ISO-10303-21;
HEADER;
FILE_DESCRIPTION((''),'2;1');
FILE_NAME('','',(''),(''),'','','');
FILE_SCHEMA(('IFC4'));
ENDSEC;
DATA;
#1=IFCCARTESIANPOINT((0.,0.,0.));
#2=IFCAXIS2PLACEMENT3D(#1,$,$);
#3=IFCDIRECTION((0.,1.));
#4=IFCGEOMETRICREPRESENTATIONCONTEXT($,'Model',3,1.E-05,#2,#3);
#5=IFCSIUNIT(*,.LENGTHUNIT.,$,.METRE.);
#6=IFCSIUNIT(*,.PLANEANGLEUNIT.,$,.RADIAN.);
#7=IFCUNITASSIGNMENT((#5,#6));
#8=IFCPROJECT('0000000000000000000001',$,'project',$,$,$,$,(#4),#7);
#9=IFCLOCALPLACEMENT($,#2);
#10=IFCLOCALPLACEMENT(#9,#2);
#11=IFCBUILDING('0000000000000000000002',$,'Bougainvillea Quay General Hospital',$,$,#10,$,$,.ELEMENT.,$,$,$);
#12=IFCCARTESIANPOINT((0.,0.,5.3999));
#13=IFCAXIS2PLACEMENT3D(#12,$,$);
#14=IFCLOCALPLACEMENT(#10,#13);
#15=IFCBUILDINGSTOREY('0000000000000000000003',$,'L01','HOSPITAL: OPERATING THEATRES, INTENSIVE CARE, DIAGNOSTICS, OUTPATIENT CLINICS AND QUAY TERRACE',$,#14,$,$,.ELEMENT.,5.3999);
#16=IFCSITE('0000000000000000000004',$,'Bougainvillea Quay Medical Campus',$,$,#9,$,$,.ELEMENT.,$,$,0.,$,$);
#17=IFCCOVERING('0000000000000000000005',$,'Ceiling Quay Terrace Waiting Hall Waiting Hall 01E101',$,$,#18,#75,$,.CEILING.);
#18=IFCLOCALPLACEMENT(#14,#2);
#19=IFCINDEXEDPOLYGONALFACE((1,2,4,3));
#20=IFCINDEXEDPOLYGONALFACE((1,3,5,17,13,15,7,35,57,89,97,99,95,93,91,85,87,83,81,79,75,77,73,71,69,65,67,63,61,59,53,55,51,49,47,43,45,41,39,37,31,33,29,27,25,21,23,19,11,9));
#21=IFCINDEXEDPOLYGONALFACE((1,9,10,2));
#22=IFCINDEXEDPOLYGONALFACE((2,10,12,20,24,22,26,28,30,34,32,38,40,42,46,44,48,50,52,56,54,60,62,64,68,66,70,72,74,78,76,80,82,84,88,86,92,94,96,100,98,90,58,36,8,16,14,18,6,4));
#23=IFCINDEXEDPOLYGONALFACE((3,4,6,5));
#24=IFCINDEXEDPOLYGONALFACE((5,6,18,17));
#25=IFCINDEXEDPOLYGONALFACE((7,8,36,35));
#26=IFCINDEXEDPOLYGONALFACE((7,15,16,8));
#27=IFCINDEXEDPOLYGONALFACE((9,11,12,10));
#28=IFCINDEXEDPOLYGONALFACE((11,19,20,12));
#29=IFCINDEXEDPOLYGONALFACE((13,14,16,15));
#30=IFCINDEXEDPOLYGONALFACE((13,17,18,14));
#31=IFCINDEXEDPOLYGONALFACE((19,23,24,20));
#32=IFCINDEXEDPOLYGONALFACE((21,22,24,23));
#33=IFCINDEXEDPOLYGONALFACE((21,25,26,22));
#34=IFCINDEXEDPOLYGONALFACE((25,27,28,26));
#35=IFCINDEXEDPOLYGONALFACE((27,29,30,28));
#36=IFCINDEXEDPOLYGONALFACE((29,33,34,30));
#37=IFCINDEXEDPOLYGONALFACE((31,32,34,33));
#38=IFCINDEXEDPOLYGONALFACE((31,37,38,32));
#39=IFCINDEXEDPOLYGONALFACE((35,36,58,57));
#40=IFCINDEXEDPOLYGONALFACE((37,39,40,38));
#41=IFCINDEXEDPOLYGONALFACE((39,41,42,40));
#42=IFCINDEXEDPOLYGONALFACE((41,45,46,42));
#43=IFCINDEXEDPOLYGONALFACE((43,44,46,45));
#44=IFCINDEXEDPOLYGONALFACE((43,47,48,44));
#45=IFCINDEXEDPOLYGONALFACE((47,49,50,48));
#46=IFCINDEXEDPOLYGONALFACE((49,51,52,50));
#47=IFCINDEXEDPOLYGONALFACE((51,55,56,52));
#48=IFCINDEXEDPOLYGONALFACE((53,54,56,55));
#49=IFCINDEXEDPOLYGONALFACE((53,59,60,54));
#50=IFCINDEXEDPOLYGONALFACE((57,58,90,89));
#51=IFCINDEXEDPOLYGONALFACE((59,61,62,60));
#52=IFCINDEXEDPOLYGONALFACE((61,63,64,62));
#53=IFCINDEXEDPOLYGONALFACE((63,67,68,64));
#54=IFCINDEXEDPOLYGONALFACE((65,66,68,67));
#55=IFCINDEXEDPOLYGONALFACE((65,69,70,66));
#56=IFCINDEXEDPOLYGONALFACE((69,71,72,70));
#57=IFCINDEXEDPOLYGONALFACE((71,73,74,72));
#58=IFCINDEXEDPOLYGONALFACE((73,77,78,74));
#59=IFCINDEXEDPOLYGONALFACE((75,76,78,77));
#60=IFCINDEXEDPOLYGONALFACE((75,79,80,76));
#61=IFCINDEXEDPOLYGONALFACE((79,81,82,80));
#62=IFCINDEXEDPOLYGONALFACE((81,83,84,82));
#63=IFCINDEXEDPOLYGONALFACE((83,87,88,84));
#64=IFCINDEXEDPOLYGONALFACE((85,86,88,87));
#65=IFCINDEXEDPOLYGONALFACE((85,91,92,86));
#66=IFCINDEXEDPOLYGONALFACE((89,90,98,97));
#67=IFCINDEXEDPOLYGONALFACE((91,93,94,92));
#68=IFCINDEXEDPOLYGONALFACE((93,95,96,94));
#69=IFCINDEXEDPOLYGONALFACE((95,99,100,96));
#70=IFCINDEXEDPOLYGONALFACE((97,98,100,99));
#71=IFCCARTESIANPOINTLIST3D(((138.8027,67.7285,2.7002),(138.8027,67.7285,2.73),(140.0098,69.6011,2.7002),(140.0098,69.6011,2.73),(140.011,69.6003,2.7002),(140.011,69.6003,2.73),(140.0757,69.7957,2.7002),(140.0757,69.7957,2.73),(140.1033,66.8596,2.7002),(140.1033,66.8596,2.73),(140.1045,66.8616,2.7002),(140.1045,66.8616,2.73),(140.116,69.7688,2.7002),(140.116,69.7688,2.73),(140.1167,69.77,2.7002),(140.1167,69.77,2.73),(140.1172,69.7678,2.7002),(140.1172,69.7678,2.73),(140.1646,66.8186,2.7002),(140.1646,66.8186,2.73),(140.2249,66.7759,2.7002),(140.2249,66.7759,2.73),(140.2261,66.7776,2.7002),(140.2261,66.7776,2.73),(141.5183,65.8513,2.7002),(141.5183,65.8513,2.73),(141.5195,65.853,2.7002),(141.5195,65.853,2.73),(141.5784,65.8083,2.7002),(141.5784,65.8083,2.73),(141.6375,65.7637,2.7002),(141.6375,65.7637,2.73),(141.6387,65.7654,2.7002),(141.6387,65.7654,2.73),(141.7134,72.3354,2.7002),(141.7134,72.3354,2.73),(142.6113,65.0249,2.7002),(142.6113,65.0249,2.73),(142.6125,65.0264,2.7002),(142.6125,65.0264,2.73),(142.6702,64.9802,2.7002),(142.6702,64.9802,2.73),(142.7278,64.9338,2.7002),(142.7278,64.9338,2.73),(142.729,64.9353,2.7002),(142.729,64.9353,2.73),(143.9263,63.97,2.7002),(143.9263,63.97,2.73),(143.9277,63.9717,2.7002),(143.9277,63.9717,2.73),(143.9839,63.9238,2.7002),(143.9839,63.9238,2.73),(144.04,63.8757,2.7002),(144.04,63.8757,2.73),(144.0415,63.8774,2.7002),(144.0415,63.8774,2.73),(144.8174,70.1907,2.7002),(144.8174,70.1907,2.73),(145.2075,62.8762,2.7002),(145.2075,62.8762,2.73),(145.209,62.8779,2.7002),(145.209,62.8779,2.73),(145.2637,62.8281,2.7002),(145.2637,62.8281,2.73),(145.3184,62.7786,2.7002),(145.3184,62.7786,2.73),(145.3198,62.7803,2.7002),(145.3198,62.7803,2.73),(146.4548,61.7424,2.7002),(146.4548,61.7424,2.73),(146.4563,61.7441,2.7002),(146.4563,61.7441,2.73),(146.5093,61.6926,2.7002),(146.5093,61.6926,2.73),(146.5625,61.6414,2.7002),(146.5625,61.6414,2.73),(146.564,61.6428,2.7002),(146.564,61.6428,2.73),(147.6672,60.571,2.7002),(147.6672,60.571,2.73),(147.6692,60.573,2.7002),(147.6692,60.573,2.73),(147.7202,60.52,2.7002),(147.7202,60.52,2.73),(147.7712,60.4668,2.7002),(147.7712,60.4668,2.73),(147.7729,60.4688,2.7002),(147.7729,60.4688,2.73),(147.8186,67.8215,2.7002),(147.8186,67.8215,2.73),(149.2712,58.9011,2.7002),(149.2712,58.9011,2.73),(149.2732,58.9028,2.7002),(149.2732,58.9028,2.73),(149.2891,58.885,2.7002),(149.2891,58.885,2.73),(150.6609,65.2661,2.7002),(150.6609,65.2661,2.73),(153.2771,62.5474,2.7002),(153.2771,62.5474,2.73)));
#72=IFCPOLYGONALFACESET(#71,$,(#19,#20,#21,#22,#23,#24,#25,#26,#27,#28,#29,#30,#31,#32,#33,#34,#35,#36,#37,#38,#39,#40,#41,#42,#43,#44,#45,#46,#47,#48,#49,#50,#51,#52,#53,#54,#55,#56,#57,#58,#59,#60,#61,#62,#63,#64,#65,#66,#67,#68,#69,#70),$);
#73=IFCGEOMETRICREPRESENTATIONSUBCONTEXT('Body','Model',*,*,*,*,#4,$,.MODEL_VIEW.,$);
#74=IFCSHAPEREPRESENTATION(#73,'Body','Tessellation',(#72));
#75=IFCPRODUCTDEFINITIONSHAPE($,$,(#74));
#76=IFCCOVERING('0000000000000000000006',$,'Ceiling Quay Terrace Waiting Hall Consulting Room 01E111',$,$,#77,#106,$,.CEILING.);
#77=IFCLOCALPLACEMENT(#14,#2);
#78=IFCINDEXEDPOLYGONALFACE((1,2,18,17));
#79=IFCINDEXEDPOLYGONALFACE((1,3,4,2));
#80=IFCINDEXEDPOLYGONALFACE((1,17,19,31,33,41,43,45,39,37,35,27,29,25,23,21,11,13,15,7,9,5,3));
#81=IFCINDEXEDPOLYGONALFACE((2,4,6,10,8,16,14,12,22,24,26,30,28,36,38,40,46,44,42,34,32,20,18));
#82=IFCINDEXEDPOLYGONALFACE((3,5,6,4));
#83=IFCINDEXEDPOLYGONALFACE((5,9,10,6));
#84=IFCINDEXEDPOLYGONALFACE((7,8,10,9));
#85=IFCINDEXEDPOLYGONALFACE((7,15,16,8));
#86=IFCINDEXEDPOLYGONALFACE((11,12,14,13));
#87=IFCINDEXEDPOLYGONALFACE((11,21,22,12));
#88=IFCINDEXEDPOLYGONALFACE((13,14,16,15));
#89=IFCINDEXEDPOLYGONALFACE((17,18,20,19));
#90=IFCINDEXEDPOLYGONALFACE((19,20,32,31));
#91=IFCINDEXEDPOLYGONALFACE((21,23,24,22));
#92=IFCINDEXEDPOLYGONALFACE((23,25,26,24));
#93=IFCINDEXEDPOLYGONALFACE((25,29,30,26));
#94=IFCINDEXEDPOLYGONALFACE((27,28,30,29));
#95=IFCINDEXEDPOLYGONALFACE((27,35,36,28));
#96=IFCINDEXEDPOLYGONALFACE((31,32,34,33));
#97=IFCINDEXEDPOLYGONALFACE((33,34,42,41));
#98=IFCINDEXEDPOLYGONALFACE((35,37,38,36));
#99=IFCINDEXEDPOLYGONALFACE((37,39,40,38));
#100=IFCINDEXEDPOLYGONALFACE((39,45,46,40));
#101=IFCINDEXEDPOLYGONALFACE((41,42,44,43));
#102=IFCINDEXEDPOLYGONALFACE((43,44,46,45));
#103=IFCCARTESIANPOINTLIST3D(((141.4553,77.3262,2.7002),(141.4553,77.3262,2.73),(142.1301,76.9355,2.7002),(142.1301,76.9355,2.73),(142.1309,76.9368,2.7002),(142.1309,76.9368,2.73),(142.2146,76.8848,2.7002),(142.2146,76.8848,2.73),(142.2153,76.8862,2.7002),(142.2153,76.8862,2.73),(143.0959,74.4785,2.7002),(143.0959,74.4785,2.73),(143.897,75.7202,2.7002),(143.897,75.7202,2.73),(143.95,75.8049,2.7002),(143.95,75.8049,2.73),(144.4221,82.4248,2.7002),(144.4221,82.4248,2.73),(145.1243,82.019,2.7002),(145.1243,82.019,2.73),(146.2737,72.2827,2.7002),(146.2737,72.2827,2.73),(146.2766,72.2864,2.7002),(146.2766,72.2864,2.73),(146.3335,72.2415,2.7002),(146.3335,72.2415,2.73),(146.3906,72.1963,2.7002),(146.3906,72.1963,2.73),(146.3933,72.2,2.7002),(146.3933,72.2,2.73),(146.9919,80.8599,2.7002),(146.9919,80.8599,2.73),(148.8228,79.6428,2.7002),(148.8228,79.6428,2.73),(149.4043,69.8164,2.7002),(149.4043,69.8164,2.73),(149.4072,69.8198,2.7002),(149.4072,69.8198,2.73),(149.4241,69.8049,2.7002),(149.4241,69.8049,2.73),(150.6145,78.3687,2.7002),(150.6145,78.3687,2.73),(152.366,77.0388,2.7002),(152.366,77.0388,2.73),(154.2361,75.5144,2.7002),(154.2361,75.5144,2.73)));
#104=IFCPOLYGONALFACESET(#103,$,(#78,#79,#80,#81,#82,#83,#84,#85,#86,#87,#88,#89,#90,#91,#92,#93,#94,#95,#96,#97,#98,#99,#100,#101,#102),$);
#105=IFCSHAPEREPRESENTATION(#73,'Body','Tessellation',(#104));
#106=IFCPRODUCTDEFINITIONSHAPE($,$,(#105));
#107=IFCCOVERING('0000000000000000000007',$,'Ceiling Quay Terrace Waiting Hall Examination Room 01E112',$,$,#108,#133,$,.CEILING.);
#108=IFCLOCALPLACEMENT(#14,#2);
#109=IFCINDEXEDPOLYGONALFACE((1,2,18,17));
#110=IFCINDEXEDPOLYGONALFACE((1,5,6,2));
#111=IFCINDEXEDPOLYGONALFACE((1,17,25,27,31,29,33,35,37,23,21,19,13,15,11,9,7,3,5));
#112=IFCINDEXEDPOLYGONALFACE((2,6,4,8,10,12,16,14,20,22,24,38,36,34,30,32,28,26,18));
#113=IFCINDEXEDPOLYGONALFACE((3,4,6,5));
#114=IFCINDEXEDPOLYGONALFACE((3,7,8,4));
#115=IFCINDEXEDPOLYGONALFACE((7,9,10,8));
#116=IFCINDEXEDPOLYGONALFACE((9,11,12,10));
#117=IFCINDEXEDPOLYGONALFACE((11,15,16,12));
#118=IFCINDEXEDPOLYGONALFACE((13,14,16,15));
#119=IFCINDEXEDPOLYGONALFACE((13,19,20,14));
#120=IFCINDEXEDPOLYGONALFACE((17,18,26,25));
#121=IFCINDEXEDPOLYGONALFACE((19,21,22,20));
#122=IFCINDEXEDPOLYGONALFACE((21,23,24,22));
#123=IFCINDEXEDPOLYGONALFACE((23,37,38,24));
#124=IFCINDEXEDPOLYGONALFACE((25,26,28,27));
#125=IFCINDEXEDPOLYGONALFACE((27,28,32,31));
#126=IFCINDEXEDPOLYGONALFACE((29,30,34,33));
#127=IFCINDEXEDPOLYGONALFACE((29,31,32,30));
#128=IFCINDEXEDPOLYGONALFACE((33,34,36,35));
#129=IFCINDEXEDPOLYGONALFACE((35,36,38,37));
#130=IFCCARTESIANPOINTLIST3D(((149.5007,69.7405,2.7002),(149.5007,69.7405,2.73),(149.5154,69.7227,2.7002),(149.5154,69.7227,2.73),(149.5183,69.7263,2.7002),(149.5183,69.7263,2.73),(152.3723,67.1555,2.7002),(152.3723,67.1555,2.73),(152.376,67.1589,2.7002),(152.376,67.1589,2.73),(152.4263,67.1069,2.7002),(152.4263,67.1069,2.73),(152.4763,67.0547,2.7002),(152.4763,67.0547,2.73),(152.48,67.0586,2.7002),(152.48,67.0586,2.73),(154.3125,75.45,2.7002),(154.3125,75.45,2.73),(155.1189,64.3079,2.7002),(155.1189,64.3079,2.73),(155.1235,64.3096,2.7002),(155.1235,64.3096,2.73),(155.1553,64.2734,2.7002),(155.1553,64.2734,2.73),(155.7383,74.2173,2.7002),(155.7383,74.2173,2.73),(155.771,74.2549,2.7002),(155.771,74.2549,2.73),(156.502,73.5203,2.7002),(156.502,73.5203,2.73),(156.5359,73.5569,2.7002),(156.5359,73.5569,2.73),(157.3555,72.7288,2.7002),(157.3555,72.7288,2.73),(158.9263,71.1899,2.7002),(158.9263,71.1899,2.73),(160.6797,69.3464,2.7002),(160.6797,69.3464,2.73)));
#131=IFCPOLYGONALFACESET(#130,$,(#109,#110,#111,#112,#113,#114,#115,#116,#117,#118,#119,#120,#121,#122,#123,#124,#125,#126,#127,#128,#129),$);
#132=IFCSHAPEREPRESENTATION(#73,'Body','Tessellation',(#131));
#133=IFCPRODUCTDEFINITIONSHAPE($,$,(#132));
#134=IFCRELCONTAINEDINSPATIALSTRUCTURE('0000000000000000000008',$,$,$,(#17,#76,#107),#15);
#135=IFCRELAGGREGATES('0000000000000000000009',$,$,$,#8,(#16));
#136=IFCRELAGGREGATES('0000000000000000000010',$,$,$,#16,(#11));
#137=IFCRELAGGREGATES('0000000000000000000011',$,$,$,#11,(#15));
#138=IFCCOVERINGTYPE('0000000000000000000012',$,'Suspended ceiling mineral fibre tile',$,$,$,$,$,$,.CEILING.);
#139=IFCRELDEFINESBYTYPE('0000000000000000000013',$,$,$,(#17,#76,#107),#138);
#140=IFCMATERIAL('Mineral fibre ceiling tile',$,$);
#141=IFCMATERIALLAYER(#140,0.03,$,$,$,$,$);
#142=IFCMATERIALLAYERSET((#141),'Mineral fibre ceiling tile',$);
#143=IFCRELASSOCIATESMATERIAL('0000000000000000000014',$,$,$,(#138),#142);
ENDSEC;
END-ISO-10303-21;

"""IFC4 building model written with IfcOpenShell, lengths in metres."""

from ifc_helpers import new_model, si_unit, direction, frame, origin, place, context, subcontext, project, spatial, polyline, outline, extrude, material, layer, layer_set, type_object, element, save


model = new_model("IFC4")

# Units and contexts
model_context = context("Model", 3, precision=1e-05, world=origin(), true_north=direction((0.0, 1.0)))
body_context = subcontext(model_context, "Body", "Model", "MODEL_VIEW")
ifc_project = project(units=[si_unit("LENGTHUNIT", "METRE"), si_unit("PLANEANGLEUNIT", "RADIAN")], contexts=[model_context])

# Site, building, storey
site_placement = place(None, origin())
site = spatial("IfcSite", under=ifc_project, at=site_placement, Name="Bougainvillea Quay Medical Campus", CompositionType="ELEMENT", RefElevation=0.0)
building_placement = place(site_placement, origin())
building = spatial("IfcBuilding", under=site, at=building_placement, Name="Bougainvillea Quay General Hospital", CompositionType="ELEMENT")
storey_placement = place(building_placement, frame((0.0, 0.0, 5.3999)))
storey = spatial("IfcBuildingStorey", under=building, at=storey_placement, Name="L01", Description="HOSPITAL: OPERATING THEATRES, INTENSIVE CARE, DIAGNOSTICS, OUTPATIENT CLINICS AND QUAY TERRACE", CompositionType="ELEMENT", Elevation=5.3999)

# Coverings
ifc_material = material(Name="Mineral fibre ceiling tile")
ifc_layer = layer(ifc_material, 0.03)
ifc_layer_set = layer_set([ifc_layer], Name="Mineral fibre ceiling tile")
covering_type = type_object("IfcCoveringType", Name="Suspended ceiling mineral fibre tile", PredefinedType="CEILING", material=ifc_layer_set)
covering_1_placement = place(storey_placement, frame((0.0, 0.0, 2.7002)))
element("IfcCovering", 1, at=covering_1_placement, inside=storey, type_object=covering_type, Name="Ceiling Quay Terrace Waiting Hall Waiting Hall 01E101", PredefinedType="CEILING", context=body_context, shape_type="SweptSolid", body=[
    extrude(outline(polyline([(140.0757, 69.7957), (140.1167, 69.77), (140.116, 69.7688), (140.1172, 69.7678), (140.011, 69.6003), (140.0098, 69.6011), (138.8027, 67.7285), (140.1033, 66.8596), (140.1045, 66.8616), (140.1646, 66.8186), (140.2261, 66.7776), (140.2249, 66.7759), (141.5183, 65.8513), (141.5195, 65.853), (141.5784, 65.8083), (141.6387, 65.7654), (141.6375, 65.7637), (142.6113, 65.0249), (142.6125, 65.0264), (142.6702, 64.9802), (142.729, 64.9353), (142.7278, 64.9338), (143.9263, 63.97), (143.9277, 63.9717), (143.9839, 63.9238), (144.0415, 63.8774), (144.04, 63.8757), (145.2075, 62.8762), (145.209, 62.8779), (145.2637, 62.8281), (145.3198, 62.7803), (145.3184, 62.7786), (146.4548, 61.7424), (146.4563, 61.7441), (146.5093, 61.6926), (146.564, 61.6428), (146.5625, 61.6414), (147.6672, 60.571), (147.6692, 60.573), (147.7202, 60.52), (147.7729, 60.4688), (147.7712, 60.4668), (149.2712, 58.9011), (149.2732, 58.9028), (149.2891, 58.885), (153.2771, 62.5474), (150.6609, 65.2661), (147.8186, 67.8215), (144.8174, 70.1907), (141.7134, 72.3354), (140.0757, 69.7957)])), origin(), (0.0, 0.0, 1.0), 0.0298),
])
covering_2_placement = place(storey_placement, frame((0.0, 0.0, 2.7002)))
element("IfcCovering", 2, at=covering_2_placement, inside=storey, type_object=covering_type, Name="Ceiling Quay Terrace Waiting Hall Consulting Room 01E111", PredefinedType="CEILING", context=body_context, shape_type="SweptSolid", body=[
    extrude(outline(polyline([(142.1309, 76.9368), (142.2153, 76.8862), (142.2146, 76.8848), (143.95, 75.8049), (143.897, 75.7202), (143.0959, 74.4785), (146.2737, 72.2827), (146.2766, 72.2864), (146.3335, 72.2415), (146.3933, 72.2), (146.3906, 72.1963), (149.4043, 69.8164), (149.4072, 69.8198), (149.4241, 69.8049), (154.2361, 75.5144), (152.366, 77.0388), (150.6145, 78.3687), (148.8228, 79.6428), (146.9919, 80.8599), (145.1243, 82.019), (144.4221, 82.4248), (141.4553, 77.3262), (142.1301, 76.9355), (142.1309, 76.9368)])), origin(), (0.0, 0.0, 1.0), 0.0298),
])
covering_3_placement = place(storey_placement, frame((0.0, 0.0, 2.7002)))
element("IfcCovering", 3, at=covering_3_placement, inside=storey, type_object=covering_type, Name="Ceiling Quay Terrace Waiting Hall Examination Room 01E112", PredefinedType="CEILING", context=body_context, shape_type="SweptSolid", body=[
    extrude(outline(polyline([(155.771, 74.2549), (155.7383, 74.2173), (154.3125, 75.45), (149.5007, 69.7405), (149.5183, 69.7263), (149.5154, 69.7227), (152.3723, 67.1555), (152.376, 67.1589), (152.4263, 67.1069), (152.48, 67.0586), (152.4763, 67.0547), (155.1189, 64.3079), (155.1235, 64.3096), (155.1553, 64.2734), (160.6797, 69.3464), (158.9263, 71.1899), (157.3555, 72.7288), (156.502, 73.5203), (156.5359, 73.5569), (155.771, 74.2549)])), origin(), (0.0, 0.0, 1.0), 0.0298),
])

save(model, "model.ifc")
